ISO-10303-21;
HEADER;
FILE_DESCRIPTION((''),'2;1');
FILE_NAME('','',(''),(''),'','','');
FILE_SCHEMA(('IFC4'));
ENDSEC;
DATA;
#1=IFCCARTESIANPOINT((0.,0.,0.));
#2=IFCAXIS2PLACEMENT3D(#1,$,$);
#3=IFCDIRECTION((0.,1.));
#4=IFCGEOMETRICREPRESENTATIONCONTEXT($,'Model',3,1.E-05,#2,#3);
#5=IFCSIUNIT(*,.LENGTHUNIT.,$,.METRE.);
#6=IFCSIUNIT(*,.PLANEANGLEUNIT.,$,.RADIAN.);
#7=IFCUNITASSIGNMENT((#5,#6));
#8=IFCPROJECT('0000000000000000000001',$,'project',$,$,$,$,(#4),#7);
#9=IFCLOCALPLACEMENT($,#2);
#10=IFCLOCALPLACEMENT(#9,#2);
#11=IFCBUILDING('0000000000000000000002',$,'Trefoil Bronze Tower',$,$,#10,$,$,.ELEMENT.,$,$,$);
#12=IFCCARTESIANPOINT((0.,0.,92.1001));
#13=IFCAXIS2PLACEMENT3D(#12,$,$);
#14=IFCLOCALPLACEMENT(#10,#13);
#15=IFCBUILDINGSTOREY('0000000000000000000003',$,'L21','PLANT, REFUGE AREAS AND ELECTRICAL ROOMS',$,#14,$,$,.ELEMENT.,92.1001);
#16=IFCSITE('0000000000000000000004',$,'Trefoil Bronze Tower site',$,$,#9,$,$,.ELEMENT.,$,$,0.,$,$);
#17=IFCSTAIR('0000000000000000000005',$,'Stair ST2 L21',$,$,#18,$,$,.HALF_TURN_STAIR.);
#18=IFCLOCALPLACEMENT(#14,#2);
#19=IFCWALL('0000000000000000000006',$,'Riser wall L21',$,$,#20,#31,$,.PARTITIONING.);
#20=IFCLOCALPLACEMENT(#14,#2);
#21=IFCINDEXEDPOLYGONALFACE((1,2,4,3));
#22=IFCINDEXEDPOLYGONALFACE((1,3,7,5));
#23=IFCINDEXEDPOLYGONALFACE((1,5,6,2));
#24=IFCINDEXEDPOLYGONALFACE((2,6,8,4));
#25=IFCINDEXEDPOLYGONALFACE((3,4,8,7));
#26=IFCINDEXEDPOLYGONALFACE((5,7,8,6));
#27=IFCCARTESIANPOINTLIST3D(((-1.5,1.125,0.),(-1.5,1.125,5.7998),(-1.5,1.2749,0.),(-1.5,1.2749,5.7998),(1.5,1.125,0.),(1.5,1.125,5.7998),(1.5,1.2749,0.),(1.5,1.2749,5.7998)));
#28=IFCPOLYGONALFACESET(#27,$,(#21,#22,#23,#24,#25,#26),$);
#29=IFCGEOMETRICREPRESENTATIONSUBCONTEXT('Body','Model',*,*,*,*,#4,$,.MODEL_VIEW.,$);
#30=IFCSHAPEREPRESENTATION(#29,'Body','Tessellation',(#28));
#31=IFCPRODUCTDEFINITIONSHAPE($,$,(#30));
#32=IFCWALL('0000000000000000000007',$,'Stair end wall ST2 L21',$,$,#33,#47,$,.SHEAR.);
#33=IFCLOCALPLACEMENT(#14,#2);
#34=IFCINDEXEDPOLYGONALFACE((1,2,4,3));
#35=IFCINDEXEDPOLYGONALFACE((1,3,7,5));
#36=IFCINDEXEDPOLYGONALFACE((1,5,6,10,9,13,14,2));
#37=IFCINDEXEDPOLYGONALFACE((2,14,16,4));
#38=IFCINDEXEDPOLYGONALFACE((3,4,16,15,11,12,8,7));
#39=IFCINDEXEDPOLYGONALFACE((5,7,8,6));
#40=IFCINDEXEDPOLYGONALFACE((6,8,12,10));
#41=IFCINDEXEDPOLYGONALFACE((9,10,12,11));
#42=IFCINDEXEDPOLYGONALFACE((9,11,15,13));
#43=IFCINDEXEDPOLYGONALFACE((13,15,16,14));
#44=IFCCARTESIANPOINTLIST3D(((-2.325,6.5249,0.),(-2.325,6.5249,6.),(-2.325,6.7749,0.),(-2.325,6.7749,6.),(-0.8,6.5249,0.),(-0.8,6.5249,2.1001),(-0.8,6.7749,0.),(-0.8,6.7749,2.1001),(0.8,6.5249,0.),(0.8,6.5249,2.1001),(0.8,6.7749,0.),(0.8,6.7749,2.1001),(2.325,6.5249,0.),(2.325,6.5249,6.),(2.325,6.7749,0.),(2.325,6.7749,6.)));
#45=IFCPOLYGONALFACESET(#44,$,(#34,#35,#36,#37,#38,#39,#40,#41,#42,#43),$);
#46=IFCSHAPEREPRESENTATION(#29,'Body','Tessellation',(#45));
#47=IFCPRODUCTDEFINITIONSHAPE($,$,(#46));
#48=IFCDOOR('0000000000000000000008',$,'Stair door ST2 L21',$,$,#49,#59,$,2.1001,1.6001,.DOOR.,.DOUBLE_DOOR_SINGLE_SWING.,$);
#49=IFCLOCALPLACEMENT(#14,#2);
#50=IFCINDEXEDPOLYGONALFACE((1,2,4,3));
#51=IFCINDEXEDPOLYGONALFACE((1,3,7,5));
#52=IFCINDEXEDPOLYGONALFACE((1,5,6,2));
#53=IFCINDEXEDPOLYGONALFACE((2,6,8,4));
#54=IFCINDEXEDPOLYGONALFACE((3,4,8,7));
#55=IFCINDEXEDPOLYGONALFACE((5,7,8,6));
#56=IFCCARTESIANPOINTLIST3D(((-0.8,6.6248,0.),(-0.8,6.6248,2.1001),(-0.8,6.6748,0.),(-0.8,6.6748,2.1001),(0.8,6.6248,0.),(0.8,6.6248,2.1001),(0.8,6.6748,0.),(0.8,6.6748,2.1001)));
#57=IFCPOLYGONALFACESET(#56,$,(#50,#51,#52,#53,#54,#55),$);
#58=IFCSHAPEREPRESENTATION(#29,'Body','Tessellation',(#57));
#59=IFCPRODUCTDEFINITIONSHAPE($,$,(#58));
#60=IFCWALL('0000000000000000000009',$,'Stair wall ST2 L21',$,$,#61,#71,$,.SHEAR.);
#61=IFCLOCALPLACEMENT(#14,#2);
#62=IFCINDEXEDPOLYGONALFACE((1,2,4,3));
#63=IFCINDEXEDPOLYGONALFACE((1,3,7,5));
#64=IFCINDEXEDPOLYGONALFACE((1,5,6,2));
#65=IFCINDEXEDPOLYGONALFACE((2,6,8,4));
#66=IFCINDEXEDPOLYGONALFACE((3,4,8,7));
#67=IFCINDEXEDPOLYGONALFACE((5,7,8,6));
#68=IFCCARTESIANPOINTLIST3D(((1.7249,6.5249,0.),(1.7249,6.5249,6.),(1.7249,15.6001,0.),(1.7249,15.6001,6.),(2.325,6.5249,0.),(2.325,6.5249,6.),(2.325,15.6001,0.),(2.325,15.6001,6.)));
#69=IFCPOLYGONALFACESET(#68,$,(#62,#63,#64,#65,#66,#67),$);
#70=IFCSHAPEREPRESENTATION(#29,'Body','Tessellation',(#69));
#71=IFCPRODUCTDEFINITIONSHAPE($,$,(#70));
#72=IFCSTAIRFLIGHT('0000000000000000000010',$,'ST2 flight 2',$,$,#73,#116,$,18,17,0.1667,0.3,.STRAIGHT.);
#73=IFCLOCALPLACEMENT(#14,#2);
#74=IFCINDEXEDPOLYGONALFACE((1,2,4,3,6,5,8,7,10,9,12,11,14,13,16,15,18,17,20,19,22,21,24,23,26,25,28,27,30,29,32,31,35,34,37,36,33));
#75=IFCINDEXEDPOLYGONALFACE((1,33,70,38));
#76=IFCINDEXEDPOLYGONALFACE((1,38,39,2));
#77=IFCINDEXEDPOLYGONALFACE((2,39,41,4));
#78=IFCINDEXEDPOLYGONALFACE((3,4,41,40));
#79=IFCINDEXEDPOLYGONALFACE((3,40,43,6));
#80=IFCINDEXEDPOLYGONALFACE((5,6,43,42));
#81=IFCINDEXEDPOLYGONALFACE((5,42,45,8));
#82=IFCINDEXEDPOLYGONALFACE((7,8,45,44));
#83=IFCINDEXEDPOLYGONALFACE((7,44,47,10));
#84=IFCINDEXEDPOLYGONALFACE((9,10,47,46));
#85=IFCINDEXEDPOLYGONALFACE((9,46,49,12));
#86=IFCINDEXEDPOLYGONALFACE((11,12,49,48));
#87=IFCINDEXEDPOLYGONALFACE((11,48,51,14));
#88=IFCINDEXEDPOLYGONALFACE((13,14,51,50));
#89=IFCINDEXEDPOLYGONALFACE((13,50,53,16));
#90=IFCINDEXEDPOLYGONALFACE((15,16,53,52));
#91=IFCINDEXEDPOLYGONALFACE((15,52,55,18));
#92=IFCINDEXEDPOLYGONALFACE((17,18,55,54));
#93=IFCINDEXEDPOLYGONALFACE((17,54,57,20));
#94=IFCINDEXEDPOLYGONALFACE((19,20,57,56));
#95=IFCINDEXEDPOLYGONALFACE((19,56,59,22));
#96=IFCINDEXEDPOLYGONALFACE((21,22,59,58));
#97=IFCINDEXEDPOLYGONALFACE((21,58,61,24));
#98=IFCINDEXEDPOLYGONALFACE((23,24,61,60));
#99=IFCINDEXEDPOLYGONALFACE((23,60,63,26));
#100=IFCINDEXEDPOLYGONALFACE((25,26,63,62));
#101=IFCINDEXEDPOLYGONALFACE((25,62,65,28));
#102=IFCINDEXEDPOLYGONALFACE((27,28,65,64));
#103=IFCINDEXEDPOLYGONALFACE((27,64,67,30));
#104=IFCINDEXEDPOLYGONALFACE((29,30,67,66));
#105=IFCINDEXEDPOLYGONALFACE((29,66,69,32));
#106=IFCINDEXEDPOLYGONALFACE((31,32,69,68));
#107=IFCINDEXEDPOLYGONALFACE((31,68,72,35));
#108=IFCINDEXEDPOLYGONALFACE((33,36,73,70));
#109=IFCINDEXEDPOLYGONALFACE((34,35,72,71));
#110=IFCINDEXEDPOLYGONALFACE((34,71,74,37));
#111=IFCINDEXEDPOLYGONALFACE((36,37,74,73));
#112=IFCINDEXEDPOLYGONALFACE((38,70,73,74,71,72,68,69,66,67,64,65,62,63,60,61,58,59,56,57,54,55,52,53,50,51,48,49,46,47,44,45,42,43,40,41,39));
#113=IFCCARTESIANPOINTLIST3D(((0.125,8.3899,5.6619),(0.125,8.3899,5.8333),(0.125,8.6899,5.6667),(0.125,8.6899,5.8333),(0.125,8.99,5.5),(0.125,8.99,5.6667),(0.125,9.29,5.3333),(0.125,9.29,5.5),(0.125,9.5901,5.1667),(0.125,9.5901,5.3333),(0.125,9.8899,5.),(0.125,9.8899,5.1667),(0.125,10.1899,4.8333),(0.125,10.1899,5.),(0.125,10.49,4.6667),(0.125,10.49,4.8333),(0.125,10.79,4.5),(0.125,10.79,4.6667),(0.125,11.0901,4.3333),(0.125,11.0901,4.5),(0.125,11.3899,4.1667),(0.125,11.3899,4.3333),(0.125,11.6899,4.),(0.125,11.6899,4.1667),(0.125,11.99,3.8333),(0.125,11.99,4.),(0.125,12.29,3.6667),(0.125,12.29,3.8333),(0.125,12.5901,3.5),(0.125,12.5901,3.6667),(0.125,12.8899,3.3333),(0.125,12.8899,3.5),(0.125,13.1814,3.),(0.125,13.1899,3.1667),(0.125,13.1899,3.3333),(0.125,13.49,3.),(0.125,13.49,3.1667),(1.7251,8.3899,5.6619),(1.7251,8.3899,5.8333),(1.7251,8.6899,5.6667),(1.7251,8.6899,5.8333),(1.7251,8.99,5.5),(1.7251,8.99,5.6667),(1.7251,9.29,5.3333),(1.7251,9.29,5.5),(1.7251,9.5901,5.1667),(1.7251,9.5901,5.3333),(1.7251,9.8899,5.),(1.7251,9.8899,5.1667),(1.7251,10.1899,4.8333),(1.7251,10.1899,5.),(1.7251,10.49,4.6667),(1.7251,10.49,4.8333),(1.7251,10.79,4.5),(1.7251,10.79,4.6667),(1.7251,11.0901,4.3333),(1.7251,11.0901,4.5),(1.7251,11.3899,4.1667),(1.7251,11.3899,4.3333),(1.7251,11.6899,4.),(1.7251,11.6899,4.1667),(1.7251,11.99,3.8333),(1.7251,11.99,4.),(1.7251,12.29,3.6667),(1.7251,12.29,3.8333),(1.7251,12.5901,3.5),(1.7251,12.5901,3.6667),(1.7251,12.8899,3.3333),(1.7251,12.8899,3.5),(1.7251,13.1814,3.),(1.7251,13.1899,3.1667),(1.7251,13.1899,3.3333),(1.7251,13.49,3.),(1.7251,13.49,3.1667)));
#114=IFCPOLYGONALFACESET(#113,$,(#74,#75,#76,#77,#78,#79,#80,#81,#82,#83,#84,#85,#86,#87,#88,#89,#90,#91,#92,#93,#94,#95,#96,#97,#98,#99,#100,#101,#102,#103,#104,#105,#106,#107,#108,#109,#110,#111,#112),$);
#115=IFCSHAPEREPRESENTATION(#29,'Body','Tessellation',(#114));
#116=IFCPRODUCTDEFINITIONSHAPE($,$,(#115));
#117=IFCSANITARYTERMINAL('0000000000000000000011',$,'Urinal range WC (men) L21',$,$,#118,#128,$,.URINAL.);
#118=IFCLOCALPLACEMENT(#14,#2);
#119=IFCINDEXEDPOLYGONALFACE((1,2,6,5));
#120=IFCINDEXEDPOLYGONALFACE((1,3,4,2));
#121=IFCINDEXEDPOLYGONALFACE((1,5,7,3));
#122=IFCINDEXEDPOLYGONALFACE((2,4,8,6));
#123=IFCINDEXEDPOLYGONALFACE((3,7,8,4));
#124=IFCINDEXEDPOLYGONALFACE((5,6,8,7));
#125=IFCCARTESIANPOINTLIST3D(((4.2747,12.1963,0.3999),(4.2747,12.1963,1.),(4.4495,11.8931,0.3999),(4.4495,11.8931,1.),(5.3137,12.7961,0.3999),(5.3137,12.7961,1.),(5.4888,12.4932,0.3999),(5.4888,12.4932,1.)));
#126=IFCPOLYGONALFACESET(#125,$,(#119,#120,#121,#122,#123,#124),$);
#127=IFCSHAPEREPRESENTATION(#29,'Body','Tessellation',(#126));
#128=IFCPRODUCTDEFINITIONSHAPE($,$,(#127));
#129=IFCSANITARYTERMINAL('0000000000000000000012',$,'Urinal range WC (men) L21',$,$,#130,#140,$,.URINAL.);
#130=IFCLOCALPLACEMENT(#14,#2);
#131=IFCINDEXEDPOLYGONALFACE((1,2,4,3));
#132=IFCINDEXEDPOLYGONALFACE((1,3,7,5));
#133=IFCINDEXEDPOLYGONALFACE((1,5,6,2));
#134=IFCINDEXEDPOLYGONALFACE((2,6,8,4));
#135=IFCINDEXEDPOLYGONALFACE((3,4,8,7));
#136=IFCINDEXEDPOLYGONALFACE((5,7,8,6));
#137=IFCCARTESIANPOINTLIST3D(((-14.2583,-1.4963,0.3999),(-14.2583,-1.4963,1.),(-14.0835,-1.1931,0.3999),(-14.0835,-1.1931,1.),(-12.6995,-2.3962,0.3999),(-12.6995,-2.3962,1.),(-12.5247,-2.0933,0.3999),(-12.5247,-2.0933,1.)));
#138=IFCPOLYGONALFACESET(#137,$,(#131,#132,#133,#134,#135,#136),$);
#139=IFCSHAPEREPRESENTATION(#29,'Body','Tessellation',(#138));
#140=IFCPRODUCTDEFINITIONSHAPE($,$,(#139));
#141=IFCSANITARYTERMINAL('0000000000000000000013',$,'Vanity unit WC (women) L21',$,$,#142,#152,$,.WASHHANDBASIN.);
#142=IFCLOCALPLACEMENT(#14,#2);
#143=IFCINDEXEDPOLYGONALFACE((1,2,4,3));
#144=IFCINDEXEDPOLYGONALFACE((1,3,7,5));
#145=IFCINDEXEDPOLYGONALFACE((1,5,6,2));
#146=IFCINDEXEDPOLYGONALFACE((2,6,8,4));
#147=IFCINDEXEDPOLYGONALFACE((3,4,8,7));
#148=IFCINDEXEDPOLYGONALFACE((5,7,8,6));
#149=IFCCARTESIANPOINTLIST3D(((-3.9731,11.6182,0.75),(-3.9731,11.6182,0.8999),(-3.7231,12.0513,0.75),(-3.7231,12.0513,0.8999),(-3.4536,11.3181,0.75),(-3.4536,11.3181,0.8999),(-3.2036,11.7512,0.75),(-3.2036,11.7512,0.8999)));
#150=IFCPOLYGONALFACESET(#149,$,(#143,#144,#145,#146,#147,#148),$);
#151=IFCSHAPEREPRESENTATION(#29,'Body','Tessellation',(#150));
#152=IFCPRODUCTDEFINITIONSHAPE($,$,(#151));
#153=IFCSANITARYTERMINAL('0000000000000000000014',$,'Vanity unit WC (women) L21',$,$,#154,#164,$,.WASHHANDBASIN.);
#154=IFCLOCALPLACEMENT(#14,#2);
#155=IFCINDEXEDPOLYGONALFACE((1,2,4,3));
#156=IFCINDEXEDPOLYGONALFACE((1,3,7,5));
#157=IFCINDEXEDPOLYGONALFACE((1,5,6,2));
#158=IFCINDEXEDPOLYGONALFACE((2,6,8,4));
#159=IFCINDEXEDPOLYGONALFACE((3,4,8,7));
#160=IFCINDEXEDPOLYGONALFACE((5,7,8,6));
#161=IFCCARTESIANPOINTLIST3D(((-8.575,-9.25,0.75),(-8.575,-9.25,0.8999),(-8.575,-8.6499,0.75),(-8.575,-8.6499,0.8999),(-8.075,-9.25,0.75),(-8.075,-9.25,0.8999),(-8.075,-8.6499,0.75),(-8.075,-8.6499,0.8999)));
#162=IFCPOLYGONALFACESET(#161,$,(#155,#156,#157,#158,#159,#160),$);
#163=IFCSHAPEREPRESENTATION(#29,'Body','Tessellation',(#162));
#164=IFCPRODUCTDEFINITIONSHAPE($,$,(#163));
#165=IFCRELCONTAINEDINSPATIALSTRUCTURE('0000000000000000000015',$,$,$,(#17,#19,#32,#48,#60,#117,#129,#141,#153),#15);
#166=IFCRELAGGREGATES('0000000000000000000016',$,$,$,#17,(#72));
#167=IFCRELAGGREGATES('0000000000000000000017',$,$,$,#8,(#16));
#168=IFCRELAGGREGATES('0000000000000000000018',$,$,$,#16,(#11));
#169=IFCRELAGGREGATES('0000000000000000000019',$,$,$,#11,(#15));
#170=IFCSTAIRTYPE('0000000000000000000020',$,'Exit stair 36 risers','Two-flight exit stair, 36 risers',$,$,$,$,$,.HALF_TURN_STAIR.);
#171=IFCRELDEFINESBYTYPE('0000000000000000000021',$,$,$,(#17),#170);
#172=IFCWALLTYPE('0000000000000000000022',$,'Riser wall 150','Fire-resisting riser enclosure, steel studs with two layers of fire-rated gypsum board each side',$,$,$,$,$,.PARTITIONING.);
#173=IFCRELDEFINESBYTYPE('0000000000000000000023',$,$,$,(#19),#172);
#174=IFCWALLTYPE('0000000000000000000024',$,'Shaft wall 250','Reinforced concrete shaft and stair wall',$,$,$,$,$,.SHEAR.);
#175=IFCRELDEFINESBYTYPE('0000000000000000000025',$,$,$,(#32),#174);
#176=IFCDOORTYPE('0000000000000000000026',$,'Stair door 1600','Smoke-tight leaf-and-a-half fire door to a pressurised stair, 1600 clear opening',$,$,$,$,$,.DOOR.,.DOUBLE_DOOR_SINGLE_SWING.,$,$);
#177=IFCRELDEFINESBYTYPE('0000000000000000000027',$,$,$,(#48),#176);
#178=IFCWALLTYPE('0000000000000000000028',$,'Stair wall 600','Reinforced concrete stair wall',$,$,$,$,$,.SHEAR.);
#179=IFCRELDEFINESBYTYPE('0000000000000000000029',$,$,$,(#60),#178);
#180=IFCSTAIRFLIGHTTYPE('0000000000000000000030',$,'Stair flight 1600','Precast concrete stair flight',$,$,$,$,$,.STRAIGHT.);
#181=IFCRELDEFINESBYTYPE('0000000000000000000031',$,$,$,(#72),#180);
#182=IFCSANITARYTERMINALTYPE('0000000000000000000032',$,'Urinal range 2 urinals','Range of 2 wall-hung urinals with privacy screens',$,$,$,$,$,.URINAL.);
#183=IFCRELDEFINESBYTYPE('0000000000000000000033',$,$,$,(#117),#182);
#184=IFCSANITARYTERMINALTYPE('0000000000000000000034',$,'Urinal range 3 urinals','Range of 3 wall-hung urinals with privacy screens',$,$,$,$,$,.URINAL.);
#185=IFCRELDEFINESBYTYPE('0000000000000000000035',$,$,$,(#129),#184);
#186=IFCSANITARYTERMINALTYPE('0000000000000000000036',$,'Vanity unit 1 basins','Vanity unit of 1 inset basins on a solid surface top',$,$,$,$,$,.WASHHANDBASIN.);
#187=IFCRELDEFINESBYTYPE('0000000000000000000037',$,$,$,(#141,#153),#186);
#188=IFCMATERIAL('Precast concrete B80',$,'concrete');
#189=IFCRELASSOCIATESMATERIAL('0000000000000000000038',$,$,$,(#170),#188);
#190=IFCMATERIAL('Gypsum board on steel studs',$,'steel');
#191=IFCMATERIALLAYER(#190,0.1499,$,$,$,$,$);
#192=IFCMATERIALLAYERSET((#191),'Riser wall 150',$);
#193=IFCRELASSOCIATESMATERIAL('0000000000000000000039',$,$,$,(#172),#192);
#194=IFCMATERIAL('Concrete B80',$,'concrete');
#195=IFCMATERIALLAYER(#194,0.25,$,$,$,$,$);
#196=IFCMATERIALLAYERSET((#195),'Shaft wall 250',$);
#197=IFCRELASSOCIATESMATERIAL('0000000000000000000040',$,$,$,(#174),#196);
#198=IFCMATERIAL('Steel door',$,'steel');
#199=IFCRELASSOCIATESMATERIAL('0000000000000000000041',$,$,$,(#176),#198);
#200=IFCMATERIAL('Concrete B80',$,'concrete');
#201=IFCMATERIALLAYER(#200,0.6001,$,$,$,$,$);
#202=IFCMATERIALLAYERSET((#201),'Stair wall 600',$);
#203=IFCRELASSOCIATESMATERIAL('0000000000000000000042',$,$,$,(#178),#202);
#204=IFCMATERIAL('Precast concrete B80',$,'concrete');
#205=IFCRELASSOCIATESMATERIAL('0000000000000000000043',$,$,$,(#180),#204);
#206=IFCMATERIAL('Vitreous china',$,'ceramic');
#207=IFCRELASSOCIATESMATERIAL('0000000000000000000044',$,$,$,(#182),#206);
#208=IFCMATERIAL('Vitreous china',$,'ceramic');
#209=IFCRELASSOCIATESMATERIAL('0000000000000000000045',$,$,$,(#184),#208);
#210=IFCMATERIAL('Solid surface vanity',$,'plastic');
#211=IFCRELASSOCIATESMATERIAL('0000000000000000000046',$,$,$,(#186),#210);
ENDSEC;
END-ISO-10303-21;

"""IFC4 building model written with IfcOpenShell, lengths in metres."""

from ifc_helpers import new_model, si_unit, direction, frame, frame_2d, origin, place, context, subcontext, project, spatial, polyline, rectangle, outline, extrude, material, layer, layer_set, type_object, element, fill, aggregate, save


model = new_model("IFC4")

# Units and contexts
model_context = context("Model", 3, precision=1e-05, world=origin(), true_north=direction((0.0, 1.0)))
body_context = subcontext(model_context, "Body", "Model", "MODEL_VIEW")
ifc_project = project(units=[si_unit("LENGTHUNIT", "METRE"), si_unit("PLANEANGLEUNIT", "RADIAN")], contexts=[model_context])

# Site, building, storey
site_placement = place(None, origin())
site = spatial("IfcSite", under=ifc_project, at=site_placement, Name="Trefoil Bronze Tower site", CompositionType="ELEMENT", RefElevation=0.0)
building_placement = place(site_placement, origin())
building = spatial("IfcBuilding", under=site, at=building_placement, Name="Trefoil Bronze Tower", CompositionType="ELEMENT")
storey_placement = place(building_placement, frame((0.0, 0.0, 92.1001)))
storey = spatial("IfcBuildingStorey", under=building, at=storey_placement, Name="L21", Description="PLANT, REFUGE AREAS AND ELECTRICAL ROOMS", CompositionType="ELEMENT", Elevation=92.1001)

# Stair
ifc_material_1 = material(Name="Precast concrete B80", Category="concrete")
stair_type = type_object("IfcStairType", Name="Exit stair 36 risers", Description="Two-flight exit stair, 36 risers", PredefinedType="HALF_TURN_STAIR", material=ifc_material_1)
stair_1_placement = place(storey_placement, origin())
stair_1 = element("IfcStair", 1, at=stair_1_placement, inside=storey, type_object=stair_type, Name="Stair ST2 L21", PredefinedType="HALF_TURN_STAIR")

# Wall
ifc_material_2 = material(Name="Gypsum board on steel studs", Category="steel")
ifc_layer_1 = layer(ifc_material_2, 0.1499)
ifc_layer_set_1 = layer_set([ifc_layer_1], Name="Riser wall 150")
wall_type_1 = type_object("IfcWallType", Name="Riser wall 150", Description="Fire-resisting riser enclosure, steel studs with two layers of fire-rated gypsum board each side", PredefinedType="PARTITIONING", material=ifc_layer_set_1)
wall_1_placement = place(storey_placement, frame((1.5, 1.2, 0.0), z_axis=(0.0, 0.0, 1.0), x_axis=(-1.0, 0.0, 0.0)))
element("IfcWall", 2, at=wall_1_placement, inside=storey, type_object=wall_type_1, Name="Riser wall L21", PredefinedType="PARTITIONING", context=body_context, shape_type="SweptSolid", body=[
    extrude(rectangle(XDim=3.0, YDim=0.1499, at=frame_2d((1.5, 0.0))), origin(), (0.0, 0.0, 1.0), 5.7998),
])

# Wall, opening, door
ifc_material_3 = material(Name="Concrete B80", Category="concrete")
ifc_layer_2 = layer(ifc_material_3, 0.25)
ifc_layer_set_2 = layer_set([ifc_layer_2], Name="Shaft wall 250")
wall_type_2 = type_object("IfcWallType", Name="Shaft wall 250", Description="Reinforced concrete shaft and stair wall", PredefinedType="SHEAR", material=ifc_layer_set_2)
wall_2_placement = place(storey_placement, frame((2.325, 6.6499, 0.0), z_axis=(0.0, 0.0, 1.0), x_axis=(-1.0, 0.0, 0.0)))
wall_2 = element("IfcWall", 3, at=wall_2_placement, inside=storey, type_object=wall_type_2, Name="Stair end wall ST2 L21", PredefinedType="SHEAR", context=body_context, shape_type="SweptSolid", body=[
    extrude(rectangle(XDim=4.6499, YDim=0.25, at=frame_2d((2.325, 0.0))), origin(), (0.0, 0.0, 1.0), 6.0),
])
opening_1_placement = place(wall_2_placement, frame((1.5249, 0.0, 0.0)))
opening_1 = element("IfcOpeningElement", 4, at=opening_1_placement, cuts=wall_2, PredefinedType="OPENING", context=body_context, shape_type="SweptSolid", body=[
    extrude(rectangle(XDim=1.6001, YDim=2.1001, at=frame_2d((0.8, 1.05))), frame((0.0, 0.135, 0.0), z_axis=(0.0, -1.0, 0.0), x_axis=(1.0, 0.0, 0.0)), (0.0, 0.0, 1.0), 0.27),
])
ifc_material_4 = material(Name="Steel door", Category="steel")
door_type_1 = type_object("IfcDoorType", Name="Stair door 1600", Description="Smoke-tight leaf-and-a-half fire door to a pressurised stair, 1600 clear opening", OperationType="DOUBLE_DOOR_SINGLE_SWING", PredefinedType="DOOR", material=ifc_material_4)
door_1_placement = place(opening_1_placement, frame((1.6001, 0.0, 0.0), z_axis=(0.0, 0.0, 1.0), x_axis=(-1.0, 0.0, 0.0)))
door_1 = element("IfcDoor", 5, at=door_1_placement, inside=storey, type_object=door_type_1, Name="Stair door ST2 L21", OperationType="DOUBLE_DOOR_SINGLE_SWING", OverallHeight=2.1001, OverallWidth=1.6001, PredefinedType="DOOR", context=body_context, shape_type="SweptSolid", body=[
    extrude(rectangle(XDim=1.6001, YDim=2.1001, at=frame_2d((0.8, 1.05))), frame((0.0, 0.0249, 0.0), z_axis=(0.0, -1.0, 0.0), x_axis=(1.0, 0.0, 0.0)), (0.0, 0.0, 1.0), 0.05),
])
fill(opening_1, door_1)

# Wall
ifc_material_5 = material(Name="Concrete B80", Category="concrete")
ifc_layer_3 = layer(ifc_material_5, 0.6001)
ifc_layer_set_3 = layer_set([ifc_layer_3], Name="Stair wall 600")
wall_type_3 = type_object("IfcWallType", Name="Stair wall 600", Description="Reinforced concrete stair wall", PredefinedType="SHEAR", material=ifc_layer_set_3)
wall_3_placement = place(storey_placement, frame((2.0249, 6.5249, 0.0), z_axis=(0.0, 0.0, 1.0), x_axis=(0.0, 1.0, 0.0)))
element("IfcWall", 6, at=wall_3_placement, inside=storey, type_object=wall_type_3, Name="Stair wall ST2 L21", PredefinedType="SHEAR", context=body_context, shape_type="SweptSolid", body=[
    extrude(rectangle(XDim=9.0752, YDim=0.6001, at=frame_2d((4.5376, 0.0))), origin(), (0.0, 0.0, 1.0), 6.0),
])

# Stair flight
ifc_material_6 = material(Name="Precast concrete B80", Category="concrete")
stair_flight_type = type_object("IfcStairFlightType", Name="Stair flight 1600", Description="Precast concrete stair flight", PredefinedType="STRAIGHT", material=ifc_material_6)
stair_flight_placement = place(storey_placement, frame((0.925, 13.49, 3.0), z_axis=(0.0, 0.0, 1.0), x_axis=(0.0, -1.0, 0.0)))
stair_flight = element("IfcStairFlight", 7, at=stair_flight_placement, type_object=stair_flight_type, Name="ST2 flight 2", NumberOfRisers=18, NumberOfTreads=17, PredefinedType="STRAIGHT", RiserHeight=0.1667, TreadLength=0.3, context=body_context, shape_type="SweptSolid", body=[
    extrude(outline(polyline([(0.0, 0.0), (0.0, 0.1667), (0.3, 0.1667), (0.3, 0.3333), (0.6001, 0.3333), (0.6001, 0.5), (0.8999, 0.5), (0.8999, 0.6667), (1.2, 0.6667), (1.2, 0.8333), (1.5, 0.8333), (1.5, 1.0), (1.8, 1.0), (1.8, 1.1667), (2.1001, 1.1667), (2.1001, 1.3333), (2.3999, 1.3333), (2.3999, 1.5), (2.7, 1.5), (2.7, 1.6667), (3.0, 1.6667), (3.0, 1.8333), (3.3, 1.8333), (3.3, 2.0), (3.6001, 2.0), (3.6001, 2.1667), (3.8999, 2.1667), (3.8999, 2.3333), (4.2, 2.3333), (4.2, 2.5), (4.5, 2.5), (4.5, 2.6667), (4.8, 2.6667), (4.8, 2.8333), (5.1001, 2.8333), (5.1001, 3.0), (5.1001, 2.6619), (0.3086, 0.0), (0.0, 0.0)])), frame((0.0, 0.8, 0.0), z_axis=(0.0, -1.0, 0.0), x_axis=(1.0, 0.0, 0.0)), (0.0, 0.0, 1.0), 1.6001),
])
aggregate(stair_1, [stair_flight])

# Sanitary terminals
ifc_material_7 = material(Name="Vitreous china", Category="ceramic")
sanitary_terminal_type_1 = type_object("IfcSanitaryTerminalType", Name="Urinal range 2 urinals", Description="Range of 2 wall-hung urinals with privacy screens", PredefinedType="URINAL", material=ifc_material_7)
sanitary_terminal_1_placement = place(storey_placement, frame((0.0, 0.0, 0.3999)))
element("IfcSanitaryTerminal", 8, at=sanitary_terminal_1_placement, inside=storey, type_object=sanitary_terminal_type_1, Name="Urinal range WC (men) L21", PredefinedType="URINAL", context=body_context, shape_type="SweptSolid", body=[
    extrude(outline(polyline([(4.4495, 11.8931), (4.2747, 12.1963), (5.3137, 12.7961), (5.4888, 12.4932), (4.4495, 11.8931)])), origin(), (0.0, 0.0, 1.0), 0.6001),
])
ifc_material_8 = material(Name="Vitreous china", Category="ceramic")
sanitary_terminal_type_2 = type_object("IfcSanitaryTerminalType", Name="Urinal range 3 urinals", Description="Range of 3 wall-hung urinals with privacy screens", PredefinedType="URINAL", material=ifc_material_8)
sanitary_terminal_2_placement = place(storey_placement, frame((0.0, 0.0, 0.3999)))
element("IfcSanitaryTerminal", 9, at=sanitary_terminal_2_placement, inside=storey, type_object=sanitary_terminal_type_2, Name="Urinal range WC (men) L21", PredefinedType="URINAL", context=body_context, shape_type="SweptSolid", body=[
    extrude(outline(polyline([(-12.5247, -2.0933), (-12.6995, -2.3962), (-14.2583, -1.4963), (-14.0835, -1.1931), (-12.5247, -2.0933)])), origin(), (0.0, 0.0, 1.0), 0.6001),
])
ifc_material_9 = material(Name="Solid surface vanity", Category="plastic")
sanitary_terminal_type_3 = type_object("IfcSanitaryTerminalType", Name="Vanity unit 1 basins", Description="Vanity unit of 1 inset basins on a solid surface top", PredefinedType="WASHHANDBASIN", material=ifc_material_9)
sanitary_terminal_3_placement = place(storey_placement, frame((0.0, 0.0, 0.75)))
element("IfcSanitaryTerminal", 10, at=sanitary_terminal_3_placement, inside=storey, type_object=sanitary_terminal_type_3, Name="Vanity unit WC (women) L21", PredefinedType="WASHHANDBASIN", context=body_context, shape_type="SweptSolid", body=[
    extrude(outline(polyline([(-3.4536, 11.3181), (-3.2036, 11.7512), (-3.7231, 12.0513), (-3.9731, 11.6182), (-3.4536, 11.3181)])), origin(), (0.0, 0.0, 1.0), 0.1499),
])
sanitary_terminal_4_placement = place(storey_placement, frame((0.0, 0.0, 0.75)))
element("IfcSanitaryTerminal", 11, at=sanitary_terminal_4_placement, inside=storey, type_object=sanitary_terminal_type_3, Name="Vanity unit WC (women) L21", PredefinedType="WASHHANDBASIN", context=body_context, shape_type="SweptSolid", body=[
    extrude(outline(polyline([(-8.075, -8.6499), (-8.575, -8.6499), (-8.575, -9.25), (-8.075, -9.25), (-8.075, -8.6499)])), origin(), (0.0, 0.0, 1.0), 0.1499),
])

save(model, "model.ifc")
